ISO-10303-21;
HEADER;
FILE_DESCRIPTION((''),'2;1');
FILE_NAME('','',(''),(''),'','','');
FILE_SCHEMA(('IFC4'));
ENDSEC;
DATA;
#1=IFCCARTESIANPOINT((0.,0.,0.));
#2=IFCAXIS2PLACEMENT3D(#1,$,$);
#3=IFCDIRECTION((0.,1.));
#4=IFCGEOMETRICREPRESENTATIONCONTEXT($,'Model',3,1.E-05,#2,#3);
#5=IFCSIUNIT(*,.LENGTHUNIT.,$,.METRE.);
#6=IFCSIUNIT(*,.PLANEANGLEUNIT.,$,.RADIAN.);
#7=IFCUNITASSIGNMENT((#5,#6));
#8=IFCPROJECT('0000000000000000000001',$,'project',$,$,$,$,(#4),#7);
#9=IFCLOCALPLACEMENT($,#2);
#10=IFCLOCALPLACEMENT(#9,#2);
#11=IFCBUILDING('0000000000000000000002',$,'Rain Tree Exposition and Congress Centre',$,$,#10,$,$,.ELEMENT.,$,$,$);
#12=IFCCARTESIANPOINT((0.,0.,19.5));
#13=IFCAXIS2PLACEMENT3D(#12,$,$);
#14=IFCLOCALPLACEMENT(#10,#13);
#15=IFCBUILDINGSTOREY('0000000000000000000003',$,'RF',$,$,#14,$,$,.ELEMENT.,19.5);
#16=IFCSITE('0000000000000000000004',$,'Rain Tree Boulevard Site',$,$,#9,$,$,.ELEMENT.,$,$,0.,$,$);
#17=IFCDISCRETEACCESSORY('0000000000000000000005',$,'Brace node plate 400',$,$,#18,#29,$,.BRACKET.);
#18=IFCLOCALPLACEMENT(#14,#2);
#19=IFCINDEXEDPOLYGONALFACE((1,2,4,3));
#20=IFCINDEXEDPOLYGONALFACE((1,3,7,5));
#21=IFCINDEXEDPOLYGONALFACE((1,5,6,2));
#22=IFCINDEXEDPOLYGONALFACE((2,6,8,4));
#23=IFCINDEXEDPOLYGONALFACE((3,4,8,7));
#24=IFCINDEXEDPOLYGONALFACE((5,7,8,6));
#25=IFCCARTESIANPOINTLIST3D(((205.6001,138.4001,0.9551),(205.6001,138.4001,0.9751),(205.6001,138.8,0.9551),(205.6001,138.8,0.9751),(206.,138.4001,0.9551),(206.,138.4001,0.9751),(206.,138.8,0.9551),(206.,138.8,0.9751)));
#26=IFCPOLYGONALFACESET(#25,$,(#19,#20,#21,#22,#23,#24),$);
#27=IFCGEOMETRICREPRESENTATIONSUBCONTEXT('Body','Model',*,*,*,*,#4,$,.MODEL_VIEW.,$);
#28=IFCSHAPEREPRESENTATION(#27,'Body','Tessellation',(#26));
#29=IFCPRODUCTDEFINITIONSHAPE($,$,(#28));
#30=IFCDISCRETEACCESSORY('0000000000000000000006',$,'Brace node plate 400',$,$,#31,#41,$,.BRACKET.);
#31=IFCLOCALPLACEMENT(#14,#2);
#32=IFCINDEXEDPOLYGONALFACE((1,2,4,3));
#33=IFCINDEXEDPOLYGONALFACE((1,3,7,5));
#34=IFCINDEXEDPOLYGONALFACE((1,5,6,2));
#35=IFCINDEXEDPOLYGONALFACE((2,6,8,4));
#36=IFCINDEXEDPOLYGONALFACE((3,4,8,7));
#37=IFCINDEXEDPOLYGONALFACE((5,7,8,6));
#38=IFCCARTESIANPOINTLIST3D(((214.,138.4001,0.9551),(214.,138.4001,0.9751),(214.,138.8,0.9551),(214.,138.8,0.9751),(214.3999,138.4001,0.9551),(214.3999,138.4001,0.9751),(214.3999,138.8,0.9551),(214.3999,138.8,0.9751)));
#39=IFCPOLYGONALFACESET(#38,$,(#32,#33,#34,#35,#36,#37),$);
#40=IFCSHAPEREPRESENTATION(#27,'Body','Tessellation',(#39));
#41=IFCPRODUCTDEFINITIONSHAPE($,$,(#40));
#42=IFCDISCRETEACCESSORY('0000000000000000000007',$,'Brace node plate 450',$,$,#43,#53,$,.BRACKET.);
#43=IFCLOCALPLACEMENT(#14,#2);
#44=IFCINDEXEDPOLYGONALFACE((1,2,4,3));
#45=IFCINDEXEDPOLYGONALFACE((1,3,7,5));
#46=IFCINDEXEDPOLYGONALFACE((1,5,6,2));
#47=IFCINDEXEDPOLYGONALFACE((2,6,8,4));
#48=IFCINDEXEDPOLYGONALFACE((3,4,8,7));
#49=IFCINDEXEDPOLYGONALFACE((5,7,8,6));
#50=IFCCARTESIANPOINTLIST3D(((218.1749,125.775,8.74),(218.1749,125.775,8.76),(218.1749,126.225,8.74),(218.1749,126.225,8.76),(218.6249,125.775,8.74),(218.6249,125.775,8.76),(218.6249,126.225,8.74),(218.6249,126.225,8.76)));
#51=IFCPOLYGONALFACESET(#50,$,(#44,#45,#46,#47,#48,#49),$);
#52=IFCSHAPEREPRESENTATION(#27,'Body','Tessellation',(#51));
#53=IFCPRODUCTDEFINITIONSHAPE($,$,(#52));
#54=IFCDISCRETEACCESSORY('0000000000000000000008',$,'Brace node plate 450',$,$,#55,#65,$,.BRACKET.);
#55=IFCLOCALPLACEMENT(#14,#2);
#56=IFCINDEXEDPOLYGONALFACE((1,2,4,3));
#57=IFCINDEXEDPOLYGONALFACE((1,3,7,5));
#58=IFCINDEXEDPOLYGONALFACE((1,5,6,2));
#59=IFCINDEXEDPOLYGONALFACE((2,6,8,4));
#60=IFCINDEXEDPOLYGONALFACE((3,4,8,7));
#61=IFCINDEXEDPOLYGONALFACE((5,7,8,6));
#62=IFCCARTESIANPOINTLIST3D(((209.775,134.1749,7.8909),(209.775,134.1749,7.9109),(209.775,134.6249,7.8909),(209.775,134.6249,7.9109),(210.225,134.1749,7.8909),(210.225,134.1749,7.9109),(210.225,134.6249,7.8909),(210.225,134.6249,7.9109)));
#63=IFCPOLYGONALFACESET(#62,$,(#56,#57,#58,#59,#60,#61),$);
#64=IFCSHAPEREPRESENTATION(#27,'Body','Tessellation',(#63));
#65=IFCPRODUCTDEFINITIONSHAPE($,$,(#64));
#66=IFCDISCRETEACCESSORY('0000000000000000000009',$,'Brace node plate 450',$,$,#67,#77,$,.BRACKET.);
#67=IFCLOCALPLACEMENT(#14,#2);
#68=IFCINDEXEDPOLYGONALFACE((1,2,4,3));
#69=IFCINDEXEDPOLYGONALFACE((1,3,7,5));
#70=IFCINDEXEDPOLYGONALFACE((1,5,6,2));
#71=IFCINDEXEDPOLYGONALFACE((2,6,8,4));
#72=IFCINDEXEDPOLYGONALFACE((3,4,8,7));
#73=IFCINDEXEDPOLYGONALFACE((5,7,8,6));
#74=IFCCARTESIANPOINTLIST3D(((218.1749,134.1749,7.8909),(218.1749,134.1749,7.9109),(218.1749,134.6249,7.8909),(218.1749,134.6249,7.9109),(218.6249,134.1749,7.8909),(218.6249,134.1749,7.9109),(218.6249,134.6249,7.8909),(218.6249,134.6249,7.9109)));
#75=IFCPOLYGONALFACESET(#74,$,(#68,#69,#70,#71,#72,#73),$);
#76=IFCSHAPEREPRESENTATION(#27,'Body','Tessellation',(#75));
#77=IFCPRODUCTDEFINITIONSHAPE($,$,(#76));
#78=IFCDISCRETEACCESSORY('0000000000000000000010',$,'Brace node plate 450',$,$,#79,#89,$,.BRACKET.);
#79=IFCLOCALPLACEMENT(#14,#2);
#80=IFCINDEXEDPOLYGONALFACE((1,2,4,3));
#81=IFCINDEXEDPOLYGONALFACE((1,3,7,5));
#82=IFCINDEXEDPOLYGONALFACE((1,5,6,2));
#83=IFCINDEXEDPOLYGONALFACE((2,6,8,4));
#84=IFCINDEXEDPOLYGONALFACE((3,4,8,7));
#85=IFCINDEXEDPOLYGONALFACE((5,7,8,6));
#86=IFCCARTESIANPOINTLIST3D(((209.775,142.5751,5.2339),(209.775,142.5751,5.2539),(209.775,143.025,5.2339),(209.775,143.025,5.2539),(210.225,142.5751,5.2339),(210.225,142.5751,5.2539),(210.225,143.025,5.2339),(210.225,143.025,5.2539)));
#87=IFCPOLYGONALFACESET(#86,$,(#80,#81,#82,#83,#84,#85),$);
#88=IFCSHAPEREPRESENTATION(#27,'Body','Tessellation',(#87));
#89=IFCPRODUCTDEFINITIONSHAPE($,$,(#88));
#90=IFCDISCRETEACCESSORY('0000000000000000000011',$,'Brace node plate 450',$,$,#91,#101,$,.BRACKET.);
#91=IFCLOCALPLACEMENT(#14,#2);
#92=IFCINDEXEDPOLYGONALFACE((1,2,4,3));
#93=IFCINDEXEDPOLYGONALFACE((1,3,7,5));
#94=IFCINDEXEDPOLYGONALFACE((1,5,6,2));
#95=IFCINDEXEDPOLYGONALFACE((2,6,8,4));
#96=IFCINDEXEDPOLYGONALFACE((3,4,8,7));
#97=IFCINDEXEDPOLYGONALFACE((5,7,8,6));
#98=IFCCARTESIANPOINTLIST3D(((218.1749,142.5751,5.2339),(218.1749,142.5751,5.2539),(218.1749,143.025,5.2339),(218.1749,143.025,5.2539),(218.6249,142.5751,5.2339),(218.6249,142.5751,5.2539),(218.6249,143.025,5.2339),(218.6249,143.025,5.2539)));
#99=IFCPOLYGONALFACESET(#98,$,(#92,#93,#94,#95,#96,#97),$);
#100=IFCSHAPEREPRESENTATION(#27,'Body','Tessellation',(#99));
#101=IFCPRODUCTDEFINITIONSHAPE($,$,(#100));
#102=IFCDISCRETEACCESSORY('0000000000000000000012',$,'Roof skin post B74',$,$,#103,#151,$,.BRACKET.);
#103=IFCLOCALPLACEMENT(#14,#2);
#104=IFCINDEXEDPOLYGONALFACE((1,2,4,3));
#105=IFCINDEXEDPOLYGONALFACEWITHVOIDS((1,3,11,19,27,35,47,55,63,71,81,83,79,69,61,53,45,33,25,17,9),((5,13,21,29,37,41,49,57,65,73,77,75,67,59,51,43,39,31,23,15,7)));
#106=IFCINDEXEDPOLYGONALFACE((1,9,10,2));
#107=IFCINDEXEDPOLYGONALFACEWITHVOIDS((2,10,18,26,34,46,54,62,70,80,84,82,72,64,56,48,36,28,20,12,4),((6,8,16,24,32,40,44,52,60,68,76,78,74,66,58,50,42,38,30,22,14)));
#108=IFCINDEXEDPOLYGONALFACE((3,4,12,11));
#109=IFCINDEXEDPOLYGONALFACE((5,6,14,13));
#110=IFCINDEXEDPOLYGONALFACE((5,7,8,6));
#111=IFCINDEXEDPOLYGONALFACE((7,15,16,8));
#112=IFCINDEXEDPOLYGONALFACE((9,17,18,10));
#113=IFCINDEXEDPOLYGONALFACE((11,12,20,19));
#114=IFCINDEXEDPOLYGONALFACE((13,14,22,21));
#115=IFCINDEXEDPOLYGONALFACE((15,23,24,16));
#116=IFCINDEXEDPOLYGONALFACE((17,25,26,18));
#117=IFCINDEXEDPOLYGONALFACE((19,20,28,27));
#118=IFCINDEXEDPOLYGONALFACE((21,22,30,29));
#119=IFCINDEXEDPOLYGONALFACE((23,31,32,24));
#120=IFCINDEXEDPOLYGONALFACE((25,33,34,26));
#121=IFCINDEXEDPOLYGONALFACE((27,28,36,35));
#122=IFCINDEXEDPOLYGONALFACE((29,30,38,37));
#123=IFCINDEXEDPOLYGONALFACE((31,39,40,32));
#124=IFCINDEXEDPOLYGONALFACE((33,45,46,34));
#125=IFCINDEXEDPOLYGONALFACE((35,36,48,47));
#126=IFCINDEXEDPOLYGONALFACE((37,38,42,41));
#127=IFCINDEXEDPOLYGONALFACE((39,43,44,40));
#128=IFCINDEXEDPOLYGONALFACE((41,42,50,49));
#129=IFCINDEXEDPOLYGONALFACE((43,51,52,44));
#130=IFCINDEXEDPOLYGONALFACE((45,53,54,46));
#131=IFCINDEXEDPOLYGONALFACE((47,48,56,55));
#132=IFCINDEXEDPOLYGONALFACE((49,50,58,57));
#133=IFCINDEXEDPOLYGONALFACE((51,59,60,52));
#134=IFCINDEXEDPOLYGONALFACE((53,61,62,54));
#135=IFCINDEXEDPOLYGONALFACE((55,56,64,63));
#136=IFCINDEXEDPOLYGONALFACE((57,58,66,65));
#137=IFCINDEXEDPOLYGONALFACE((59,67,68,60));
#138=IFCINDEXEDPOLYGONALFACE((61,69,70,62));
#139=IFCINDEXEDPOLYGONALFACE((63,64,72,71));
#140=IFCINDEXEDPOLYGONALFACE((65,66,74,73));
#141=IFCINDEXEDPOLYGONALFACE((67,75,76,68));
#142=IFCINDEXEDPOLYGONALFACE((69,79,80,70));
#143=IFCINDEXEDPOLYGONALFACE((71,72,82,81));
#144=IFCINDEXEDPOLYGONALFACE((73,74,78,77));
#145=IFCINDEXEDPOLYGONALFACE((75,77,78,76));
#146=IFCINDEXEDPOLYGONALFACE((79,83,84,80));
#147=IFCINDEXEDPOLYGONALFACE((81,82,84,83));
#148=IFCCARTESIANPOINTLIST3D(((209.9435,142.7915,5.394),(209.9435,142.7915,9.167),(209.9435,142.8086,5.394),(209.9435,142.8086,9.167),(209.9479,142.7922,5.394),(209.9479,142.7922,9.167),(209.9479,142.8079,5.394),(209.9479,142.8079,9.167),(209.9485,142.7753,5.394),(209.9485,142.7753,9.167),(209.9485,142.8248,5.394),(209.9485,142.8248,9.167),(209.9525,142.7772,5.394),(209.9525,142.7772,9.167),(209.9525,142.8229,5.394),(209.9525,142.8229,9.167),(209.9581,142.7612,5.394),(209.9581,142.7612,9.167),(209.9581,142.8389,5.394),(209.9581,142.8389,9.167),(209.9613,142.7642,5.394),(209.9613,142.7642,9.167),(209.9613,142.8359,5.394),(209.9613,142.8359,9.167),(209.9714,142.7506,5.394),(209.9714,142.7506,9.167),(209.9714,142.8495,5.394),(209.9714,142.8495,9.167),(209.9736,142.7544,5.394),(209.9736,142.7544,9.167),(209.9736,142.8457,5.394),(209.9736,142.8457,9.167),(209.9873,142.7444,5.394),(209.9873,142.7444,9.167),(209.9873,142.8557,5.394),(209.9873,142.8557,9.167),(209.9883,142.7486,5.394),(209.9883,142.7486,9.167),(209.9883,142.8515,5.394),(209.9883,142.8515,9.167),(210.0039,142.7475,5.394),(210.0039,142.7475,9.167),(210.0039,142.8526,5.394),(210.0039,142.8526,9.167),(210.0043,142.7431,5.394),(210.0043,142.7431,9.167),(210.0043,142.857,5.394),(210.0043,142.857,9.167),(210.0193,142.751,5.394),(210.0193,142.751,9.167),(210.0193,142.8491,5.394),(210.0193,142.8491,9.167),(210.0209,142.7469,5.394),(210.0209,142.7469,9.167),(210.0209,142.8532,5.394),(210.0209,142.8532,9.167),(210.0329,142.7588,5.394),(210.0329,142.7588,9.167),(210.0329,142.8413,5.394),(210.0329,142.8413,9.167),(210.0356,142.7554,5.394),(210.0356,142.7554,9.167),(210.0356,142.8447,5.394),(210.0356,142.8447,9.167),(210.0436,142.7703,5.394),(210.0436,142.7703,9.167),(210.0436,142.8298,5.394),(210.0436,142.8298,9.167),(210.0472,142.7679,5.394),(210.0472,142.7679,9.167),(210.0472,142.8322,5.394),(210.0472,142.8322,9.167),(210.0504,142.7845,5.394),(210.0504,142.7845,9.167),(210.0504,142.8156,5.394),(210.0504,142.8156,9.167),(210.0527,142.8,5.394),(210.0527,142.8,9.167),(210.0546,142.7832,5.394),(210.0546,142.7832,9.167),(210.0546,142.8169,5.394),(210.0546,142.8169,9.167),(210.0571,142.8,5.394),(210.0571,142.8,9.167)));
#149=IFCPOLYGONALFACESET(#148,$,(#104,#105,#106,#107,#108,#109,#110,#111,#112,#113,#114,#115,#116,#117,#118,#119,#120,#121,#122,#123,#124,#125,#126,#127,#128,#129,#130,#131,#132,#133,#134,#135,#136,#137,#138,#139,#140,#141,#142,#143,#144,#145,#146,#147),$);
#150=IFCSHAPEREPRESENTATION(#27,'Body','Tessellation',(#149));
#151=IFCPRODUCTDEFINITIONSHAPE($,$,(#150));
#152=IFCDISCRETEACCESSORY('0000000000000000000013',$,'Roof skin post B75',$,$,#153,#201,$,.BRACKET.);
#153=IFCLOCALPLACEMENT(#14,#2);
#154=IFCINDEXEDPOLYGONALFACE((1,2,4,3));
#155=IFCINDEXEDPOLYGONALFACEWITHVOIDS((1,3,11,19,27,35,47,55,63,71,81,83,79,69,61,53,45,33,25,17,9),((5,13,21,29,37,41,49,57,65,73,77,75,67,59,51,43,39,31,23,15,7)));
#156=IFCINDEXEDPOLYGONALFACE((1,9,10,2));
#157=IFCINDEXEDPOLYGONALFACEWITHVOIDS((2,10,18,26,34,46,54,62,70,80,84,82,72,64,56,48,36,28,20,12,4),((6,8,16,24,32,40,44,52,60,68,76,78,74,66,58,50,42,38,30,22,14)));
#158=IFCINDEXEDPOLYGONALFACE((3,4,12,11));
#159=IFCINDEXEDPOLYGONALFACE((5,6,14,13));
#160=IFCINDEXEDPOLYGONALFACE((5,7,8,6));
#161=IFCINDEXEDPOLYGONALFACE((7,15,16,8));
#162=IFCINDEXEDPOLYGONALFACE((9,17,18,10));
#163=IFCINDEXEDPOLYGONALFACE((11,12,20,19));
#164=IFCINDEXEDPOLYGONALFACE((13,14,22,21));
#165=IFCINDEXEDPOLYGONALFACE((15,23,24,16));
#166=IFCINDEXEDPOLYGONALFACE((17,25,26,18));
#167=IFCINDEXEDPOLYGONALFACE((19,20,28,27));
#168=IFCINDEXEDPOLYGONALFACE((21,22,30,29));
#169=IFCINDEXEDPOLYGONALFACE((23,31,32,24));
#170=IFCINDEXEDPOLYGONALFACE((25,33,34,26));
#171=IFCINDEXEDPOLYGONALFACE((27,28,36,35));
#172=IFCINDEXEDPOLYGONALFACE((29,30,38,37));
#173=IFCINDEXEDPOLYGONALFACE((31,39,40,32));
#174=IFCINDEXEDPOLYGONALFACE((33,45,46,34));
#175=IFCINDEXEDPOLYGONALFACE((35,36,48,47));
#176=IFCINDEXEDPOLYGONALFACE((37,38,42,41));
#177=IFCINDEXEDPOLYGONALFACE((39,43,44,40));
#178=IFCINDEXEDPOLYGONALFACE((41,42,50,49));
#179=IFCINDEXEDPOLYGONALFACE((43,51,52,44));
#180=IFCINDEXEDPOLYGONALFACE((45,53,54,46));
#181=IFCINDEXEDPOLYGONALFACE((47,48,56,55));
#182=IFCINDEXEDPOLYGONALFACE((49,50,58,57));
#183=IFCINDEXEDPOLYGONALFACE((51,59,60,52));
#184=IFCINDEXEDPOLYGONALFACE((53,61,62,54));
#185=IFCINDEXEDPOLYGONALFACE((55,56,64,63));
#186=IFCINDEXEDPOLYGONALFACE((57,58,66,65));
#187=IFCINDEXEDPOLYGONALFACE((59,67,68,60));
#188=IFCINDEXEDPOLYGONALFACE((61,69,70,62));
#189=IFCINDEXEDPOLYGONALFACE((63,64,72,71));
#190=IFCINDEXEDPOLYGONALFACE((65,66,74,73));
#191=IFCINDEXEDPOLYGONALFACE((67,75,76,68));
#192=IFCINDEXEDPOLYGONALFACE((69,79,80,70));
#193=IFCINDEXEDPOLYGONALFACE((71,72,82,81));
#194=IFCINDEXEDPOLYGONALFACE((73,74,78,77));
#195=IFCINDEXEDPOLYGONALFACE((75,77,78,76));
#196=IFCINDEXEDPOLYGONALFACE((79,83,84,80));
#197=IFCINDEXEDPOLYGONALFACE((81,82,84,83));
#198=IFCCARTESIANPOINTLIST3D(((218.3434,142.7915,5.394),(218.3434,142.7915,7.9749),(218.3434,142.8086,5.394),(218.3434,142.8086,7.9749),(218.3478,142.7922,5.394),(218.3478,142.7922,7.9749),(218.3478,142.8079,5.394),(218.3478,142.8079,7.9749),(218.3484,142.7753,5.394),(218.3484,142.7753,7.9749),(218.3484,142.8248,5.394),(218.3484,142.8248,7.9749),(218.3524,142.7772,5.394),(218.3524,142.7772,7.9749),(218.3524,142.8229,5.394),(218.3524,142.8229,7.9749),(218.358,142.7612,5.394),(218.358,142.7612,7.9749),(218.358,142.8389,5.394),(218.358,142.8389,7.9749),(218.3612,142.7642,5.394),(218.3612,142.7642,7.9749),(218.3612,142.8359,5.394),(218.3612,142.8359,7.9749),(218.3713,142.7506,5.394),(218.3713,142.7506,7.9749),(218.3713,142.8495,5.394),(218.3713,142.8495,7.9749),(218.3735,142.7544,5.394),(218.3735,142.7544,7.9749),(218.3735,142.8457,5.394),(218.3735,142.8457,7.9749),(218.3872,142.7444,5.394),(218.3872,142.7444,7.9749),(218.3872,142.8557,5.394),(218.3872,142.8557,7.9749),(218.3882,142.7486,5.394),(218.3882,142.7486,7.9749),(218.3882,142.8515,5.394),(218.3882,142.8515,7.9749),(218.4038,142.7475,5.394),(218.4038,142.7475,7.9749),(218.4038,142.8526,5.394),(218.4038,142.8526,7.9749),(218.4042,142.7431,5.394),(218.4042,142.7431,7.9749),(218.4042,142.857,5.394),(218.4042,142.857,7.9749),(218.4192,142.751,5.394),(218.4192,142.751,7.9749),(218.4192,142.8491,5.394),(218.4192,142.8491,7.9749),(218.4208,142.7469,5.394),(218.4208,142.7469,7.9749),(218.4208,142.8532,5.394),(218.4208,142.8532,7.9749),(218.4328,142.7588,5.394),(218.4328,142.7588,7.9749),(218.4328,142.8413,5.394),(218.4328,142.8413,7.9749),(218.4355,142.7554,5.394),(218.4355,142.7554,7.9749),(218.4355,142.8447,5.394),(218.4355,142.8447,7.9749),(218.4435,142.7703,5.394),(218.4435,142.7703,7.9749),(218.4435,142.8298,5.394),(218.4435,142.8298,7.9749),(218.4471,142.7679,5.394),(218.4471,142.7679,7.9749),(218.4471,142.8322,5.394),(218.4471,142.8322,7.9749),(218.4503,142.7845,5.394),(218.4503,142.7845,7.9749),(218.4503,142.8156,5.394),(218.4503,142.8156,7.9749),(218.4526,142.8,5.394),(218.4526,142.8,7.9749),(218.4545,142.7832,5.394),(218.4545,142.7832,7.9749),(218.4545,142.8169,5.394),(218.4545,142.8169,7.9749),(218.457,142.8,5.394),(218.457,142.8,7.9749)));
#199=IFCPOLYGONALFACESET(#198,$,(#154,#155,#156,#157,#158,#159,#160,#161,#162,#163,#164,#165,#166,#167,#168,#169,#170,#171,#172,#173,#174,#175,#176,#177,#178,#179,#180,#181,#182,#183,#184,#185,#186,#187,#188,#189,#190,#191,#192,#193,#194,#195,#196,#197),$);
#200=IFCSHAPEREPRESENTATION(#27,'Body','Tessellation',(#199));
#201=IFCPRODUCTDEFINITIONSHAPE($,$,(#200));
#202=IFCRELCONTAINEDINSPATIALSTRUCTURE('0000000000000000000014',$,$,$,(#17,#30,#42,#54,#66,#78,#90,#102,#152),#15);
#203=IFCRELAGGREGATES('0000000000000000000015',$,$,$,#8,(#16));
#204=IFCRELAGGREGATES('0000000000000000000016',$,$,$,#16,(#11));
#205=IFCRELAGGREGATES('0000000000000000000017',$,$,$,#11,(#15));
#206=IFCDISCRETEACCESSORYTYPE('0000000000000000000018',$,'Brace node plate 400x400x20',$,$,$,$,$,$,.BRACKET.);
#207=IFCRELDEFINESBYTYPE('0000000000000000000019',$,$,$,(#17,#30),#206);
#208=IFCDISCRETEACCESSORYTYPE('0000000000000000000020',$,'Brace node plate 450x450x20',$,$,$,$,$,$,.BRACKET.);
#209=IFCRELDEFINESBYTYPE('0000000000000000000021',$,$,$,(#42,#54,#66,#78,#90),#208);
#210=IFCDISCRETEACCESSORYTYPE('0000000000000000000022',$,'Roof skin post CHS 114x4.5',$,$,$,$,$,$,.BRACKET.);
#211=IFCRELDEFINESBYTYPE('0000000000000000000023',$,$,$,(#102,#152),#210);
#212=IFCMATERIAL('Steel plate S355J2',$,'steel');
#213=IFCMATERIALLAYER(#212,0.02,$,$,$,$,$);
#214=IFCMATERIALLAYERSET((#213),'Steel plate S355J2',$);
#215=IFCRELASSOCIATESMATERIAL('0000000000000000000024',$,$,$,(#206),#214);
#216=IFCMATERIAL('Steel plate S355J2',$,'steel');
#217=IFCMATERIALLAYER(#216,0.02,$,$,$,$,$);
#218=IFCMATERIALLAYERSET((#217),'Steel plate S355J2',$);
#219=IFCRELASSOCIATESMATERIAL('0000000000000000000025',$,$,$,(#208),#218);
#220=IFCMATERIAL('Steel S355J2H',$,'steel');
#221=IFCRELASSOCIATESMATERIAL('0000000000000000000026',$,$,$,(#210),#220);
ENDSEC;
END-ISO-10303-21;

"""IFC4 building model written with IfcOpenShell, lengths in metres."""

from ifc_helpers import new_model, si_unit, direction, frame, origin, origin_2d, place, context, subcontext, project, spatial, rectangle, hollow_circle, extrude, material, layer, layer_set, material_profile, profile_set, type_object, element, save


model = new_model("IFC4")

# Units and contexts
model_context = context("Model", 3, precision=1e-05, world=origin(), true_north=direction((0.0, 1.0)))
body_context = subcontext(model_context, "Body", "Model", "MODEL_VIEW")
ifc_project = project(units=[si_unit("LENGTHUNIT", "METRE"), si_unit("PLANEANGLEUNIT", "RADIAN")], contexts=[model_context])

# Site, building, storey
site_placement = place(None, origin())
site = spatial("IfcSite", under=ifc_project, at=site_placement, Name="Rain Tree Boulevard Site", CompositionType="ELEMENT", RefElevation=0.0)
building_placement = place(site_placement, origin())
building = spatial("IfcBuilding", under=site, at=building_placement, Name="Rain Tree Exposition and Congress Centre", CompositionType="ELEMENT")
storey_placement = place(building_placement, frame((0.0, 0.0, 19.5)))
storey = spatial("IfcBuildingStorey", under=building, at=storey_placement, Name="RF", CompositionType="ELEMENT", Elevation=19.5)

# Discrete accessories
ifc_material_1 = material(Name="Steel plate S355J2", Category="steel")
ifc_layer_1 = layer(ifc_material_1, 0.02)
ifc_layer_set_1 = layer_set([ifc_layer_1], Name="Steel plate S355J2")
discrete_accessory_type_1 = type_object("IfcDiscreteAccessoryType", Name="Brace node plate 400x400x20", PredefinedType="BRACKET", material=ifc_layer_set_1)
for number, where, z_axis, x_axis, name in (
    (1, (205.8, 138.6001, 0.9551), (0.0, 0.0, 1.0), (1.0, 0.0, 0.0), "Brace node plate 400"),
    (2, (214.2, 138.6001, 0.9551), (0.0, 0.0, 1.0), (1.0, 0.0, 0.0), "Brace node plate 400"),
):
    element("IfcDiscreteAccessory", number, at=place(storey_placement, frame(where, z_axis=z_axis, x_axis=x_axis)), inside=storey, type_object=discrete_accessory_type_1, Name=name, PredefinedType="BRACKET", context=body_context, shape_type="SweptSolid", body=[
        extrude(rectangle(XDim=0.3999, YDim=0.3999, at=origin_2d()), origin(), (0.0, 0.0, 1.0), 0.02),
    ])
ifc_material_2 = material(Name="Steel plate S355J2", Category="steel")
ifc_layer_2 = layer(ifc_material_2, 0.02)
ifc_layer_set_2 = layer_set([ifc_layer_2], Name="Steel plate S355J2")
discrete_accessory_type_2 = type_object("IfcDiscreteAccessoryType", Name="Brace node plate 450x450x20", PredefinedType="BRACKET", material=ifc_layer_set_2)
for number, where, z_axis, x_axis, name in (
    (3, (218.3999, 126.0, 8.74), (0.0, 0.0, 1.0), (1.0, 0.0, 0.0), "Brace node plate 450"),
    (4, (210.0, 134.3999, 7.8909), (0.0, 0.0, 1.0), (1.0, 0.0, 0.0), "Brace node plate 450"),
    (5, (218.3999, 134.3999, 7.8909), (0.0, 0.0, 1.0), (1.0, 0.0, 0.0), "Brace node plate 450"),
    (6, (210.0, 142.8, 5.2339), (0.0, 0.0, 1.0), (1.0, 0.0, 0.0), "Brace node plate 450"),
    (7, (218.3999, 142.8, 5.2339), (0.0, 0.0, 1.0), (1.0, 0.0, 0.0), "Brace node plate 450"),
):
    element("IfcDiscreteAccessory", number, at=place(storey_placement, frame(where, z_axis=z_axis, x_axis=x_axis)), inside=storey, type_object=discrete_accessory_type_2, Name=name, PredefinedType="BRACKET", context=body_context, shape_type="SweptSolid", body=[
        extrude(rectangle(XDim=0.45, YDim=0.45, at=origin_2d()), origin(), (0.0, 0.0, 1.0), 0.02),
    ])
ifc_material_3 = material(Name="Steel S355J2H", Category="steel")
ifc_material_profile_1 = material_profile(ifc_material_3, hollow_circle(Radius=0.0571, WallThickness=0.0044, at=origin_2d()), Name="CHS 114x4.5")
ifc_profile_set_1 = profile_set([ifc_material_profile_1], Name="Steel S355J2H")
discrete_accessory_type_3 = type_object("IfcDiscreteAccessoryType", Name="Roof skin post CHS 114x4.5", PredefinedType="BRACKET", material=ifc_profile_set_1)
discrete_accessory_1_placement = place(storey_placement, frame((210.0, 142.8, 5.394), z_axis=(0.0, 0.0, 1.0), x_axis=(1.0, 0.0, 0.0)))
element("IfcDiscreteAccessory", 8, at=discrete_accessory_1_placement, inside=storey, type_object=discrete_accessory_type_3, Name="Roof skin post B74", PredefinedType="BRACKET", context=body_context, shape_type="SweptSolid", body=[
    extrude(hollow_circle(Radius=0.0571, WallThickness=0.0044, at=origin_2d()), origin(), (0.0, 0.0, 1.0), 3.7729),
])
discrete_accessory_2_placement = place(storey_placement, frame((218.3999, 142.8, 5.394), z_axis=(0.0, 0.0, 1.0), x_axis=(1.0, 0.0, 0.0)))
element("IfcDiscreteAccessory", 9, at=discrete_accessory_2_placement, inside=storey, type_object=discrete_accessory_type_3, Name="Roof skin post B75", PredefinedType="BRACKET", context=body_context, shape_type="SweptSolid", body=[
    extrude(hollow_circle(Radius=0.0571, WallThickness=0.0044, at=origin_2d()), origin(), (0.0, 0.0, 1.0), 2.5808),
])

save(model, "model.ifc")
